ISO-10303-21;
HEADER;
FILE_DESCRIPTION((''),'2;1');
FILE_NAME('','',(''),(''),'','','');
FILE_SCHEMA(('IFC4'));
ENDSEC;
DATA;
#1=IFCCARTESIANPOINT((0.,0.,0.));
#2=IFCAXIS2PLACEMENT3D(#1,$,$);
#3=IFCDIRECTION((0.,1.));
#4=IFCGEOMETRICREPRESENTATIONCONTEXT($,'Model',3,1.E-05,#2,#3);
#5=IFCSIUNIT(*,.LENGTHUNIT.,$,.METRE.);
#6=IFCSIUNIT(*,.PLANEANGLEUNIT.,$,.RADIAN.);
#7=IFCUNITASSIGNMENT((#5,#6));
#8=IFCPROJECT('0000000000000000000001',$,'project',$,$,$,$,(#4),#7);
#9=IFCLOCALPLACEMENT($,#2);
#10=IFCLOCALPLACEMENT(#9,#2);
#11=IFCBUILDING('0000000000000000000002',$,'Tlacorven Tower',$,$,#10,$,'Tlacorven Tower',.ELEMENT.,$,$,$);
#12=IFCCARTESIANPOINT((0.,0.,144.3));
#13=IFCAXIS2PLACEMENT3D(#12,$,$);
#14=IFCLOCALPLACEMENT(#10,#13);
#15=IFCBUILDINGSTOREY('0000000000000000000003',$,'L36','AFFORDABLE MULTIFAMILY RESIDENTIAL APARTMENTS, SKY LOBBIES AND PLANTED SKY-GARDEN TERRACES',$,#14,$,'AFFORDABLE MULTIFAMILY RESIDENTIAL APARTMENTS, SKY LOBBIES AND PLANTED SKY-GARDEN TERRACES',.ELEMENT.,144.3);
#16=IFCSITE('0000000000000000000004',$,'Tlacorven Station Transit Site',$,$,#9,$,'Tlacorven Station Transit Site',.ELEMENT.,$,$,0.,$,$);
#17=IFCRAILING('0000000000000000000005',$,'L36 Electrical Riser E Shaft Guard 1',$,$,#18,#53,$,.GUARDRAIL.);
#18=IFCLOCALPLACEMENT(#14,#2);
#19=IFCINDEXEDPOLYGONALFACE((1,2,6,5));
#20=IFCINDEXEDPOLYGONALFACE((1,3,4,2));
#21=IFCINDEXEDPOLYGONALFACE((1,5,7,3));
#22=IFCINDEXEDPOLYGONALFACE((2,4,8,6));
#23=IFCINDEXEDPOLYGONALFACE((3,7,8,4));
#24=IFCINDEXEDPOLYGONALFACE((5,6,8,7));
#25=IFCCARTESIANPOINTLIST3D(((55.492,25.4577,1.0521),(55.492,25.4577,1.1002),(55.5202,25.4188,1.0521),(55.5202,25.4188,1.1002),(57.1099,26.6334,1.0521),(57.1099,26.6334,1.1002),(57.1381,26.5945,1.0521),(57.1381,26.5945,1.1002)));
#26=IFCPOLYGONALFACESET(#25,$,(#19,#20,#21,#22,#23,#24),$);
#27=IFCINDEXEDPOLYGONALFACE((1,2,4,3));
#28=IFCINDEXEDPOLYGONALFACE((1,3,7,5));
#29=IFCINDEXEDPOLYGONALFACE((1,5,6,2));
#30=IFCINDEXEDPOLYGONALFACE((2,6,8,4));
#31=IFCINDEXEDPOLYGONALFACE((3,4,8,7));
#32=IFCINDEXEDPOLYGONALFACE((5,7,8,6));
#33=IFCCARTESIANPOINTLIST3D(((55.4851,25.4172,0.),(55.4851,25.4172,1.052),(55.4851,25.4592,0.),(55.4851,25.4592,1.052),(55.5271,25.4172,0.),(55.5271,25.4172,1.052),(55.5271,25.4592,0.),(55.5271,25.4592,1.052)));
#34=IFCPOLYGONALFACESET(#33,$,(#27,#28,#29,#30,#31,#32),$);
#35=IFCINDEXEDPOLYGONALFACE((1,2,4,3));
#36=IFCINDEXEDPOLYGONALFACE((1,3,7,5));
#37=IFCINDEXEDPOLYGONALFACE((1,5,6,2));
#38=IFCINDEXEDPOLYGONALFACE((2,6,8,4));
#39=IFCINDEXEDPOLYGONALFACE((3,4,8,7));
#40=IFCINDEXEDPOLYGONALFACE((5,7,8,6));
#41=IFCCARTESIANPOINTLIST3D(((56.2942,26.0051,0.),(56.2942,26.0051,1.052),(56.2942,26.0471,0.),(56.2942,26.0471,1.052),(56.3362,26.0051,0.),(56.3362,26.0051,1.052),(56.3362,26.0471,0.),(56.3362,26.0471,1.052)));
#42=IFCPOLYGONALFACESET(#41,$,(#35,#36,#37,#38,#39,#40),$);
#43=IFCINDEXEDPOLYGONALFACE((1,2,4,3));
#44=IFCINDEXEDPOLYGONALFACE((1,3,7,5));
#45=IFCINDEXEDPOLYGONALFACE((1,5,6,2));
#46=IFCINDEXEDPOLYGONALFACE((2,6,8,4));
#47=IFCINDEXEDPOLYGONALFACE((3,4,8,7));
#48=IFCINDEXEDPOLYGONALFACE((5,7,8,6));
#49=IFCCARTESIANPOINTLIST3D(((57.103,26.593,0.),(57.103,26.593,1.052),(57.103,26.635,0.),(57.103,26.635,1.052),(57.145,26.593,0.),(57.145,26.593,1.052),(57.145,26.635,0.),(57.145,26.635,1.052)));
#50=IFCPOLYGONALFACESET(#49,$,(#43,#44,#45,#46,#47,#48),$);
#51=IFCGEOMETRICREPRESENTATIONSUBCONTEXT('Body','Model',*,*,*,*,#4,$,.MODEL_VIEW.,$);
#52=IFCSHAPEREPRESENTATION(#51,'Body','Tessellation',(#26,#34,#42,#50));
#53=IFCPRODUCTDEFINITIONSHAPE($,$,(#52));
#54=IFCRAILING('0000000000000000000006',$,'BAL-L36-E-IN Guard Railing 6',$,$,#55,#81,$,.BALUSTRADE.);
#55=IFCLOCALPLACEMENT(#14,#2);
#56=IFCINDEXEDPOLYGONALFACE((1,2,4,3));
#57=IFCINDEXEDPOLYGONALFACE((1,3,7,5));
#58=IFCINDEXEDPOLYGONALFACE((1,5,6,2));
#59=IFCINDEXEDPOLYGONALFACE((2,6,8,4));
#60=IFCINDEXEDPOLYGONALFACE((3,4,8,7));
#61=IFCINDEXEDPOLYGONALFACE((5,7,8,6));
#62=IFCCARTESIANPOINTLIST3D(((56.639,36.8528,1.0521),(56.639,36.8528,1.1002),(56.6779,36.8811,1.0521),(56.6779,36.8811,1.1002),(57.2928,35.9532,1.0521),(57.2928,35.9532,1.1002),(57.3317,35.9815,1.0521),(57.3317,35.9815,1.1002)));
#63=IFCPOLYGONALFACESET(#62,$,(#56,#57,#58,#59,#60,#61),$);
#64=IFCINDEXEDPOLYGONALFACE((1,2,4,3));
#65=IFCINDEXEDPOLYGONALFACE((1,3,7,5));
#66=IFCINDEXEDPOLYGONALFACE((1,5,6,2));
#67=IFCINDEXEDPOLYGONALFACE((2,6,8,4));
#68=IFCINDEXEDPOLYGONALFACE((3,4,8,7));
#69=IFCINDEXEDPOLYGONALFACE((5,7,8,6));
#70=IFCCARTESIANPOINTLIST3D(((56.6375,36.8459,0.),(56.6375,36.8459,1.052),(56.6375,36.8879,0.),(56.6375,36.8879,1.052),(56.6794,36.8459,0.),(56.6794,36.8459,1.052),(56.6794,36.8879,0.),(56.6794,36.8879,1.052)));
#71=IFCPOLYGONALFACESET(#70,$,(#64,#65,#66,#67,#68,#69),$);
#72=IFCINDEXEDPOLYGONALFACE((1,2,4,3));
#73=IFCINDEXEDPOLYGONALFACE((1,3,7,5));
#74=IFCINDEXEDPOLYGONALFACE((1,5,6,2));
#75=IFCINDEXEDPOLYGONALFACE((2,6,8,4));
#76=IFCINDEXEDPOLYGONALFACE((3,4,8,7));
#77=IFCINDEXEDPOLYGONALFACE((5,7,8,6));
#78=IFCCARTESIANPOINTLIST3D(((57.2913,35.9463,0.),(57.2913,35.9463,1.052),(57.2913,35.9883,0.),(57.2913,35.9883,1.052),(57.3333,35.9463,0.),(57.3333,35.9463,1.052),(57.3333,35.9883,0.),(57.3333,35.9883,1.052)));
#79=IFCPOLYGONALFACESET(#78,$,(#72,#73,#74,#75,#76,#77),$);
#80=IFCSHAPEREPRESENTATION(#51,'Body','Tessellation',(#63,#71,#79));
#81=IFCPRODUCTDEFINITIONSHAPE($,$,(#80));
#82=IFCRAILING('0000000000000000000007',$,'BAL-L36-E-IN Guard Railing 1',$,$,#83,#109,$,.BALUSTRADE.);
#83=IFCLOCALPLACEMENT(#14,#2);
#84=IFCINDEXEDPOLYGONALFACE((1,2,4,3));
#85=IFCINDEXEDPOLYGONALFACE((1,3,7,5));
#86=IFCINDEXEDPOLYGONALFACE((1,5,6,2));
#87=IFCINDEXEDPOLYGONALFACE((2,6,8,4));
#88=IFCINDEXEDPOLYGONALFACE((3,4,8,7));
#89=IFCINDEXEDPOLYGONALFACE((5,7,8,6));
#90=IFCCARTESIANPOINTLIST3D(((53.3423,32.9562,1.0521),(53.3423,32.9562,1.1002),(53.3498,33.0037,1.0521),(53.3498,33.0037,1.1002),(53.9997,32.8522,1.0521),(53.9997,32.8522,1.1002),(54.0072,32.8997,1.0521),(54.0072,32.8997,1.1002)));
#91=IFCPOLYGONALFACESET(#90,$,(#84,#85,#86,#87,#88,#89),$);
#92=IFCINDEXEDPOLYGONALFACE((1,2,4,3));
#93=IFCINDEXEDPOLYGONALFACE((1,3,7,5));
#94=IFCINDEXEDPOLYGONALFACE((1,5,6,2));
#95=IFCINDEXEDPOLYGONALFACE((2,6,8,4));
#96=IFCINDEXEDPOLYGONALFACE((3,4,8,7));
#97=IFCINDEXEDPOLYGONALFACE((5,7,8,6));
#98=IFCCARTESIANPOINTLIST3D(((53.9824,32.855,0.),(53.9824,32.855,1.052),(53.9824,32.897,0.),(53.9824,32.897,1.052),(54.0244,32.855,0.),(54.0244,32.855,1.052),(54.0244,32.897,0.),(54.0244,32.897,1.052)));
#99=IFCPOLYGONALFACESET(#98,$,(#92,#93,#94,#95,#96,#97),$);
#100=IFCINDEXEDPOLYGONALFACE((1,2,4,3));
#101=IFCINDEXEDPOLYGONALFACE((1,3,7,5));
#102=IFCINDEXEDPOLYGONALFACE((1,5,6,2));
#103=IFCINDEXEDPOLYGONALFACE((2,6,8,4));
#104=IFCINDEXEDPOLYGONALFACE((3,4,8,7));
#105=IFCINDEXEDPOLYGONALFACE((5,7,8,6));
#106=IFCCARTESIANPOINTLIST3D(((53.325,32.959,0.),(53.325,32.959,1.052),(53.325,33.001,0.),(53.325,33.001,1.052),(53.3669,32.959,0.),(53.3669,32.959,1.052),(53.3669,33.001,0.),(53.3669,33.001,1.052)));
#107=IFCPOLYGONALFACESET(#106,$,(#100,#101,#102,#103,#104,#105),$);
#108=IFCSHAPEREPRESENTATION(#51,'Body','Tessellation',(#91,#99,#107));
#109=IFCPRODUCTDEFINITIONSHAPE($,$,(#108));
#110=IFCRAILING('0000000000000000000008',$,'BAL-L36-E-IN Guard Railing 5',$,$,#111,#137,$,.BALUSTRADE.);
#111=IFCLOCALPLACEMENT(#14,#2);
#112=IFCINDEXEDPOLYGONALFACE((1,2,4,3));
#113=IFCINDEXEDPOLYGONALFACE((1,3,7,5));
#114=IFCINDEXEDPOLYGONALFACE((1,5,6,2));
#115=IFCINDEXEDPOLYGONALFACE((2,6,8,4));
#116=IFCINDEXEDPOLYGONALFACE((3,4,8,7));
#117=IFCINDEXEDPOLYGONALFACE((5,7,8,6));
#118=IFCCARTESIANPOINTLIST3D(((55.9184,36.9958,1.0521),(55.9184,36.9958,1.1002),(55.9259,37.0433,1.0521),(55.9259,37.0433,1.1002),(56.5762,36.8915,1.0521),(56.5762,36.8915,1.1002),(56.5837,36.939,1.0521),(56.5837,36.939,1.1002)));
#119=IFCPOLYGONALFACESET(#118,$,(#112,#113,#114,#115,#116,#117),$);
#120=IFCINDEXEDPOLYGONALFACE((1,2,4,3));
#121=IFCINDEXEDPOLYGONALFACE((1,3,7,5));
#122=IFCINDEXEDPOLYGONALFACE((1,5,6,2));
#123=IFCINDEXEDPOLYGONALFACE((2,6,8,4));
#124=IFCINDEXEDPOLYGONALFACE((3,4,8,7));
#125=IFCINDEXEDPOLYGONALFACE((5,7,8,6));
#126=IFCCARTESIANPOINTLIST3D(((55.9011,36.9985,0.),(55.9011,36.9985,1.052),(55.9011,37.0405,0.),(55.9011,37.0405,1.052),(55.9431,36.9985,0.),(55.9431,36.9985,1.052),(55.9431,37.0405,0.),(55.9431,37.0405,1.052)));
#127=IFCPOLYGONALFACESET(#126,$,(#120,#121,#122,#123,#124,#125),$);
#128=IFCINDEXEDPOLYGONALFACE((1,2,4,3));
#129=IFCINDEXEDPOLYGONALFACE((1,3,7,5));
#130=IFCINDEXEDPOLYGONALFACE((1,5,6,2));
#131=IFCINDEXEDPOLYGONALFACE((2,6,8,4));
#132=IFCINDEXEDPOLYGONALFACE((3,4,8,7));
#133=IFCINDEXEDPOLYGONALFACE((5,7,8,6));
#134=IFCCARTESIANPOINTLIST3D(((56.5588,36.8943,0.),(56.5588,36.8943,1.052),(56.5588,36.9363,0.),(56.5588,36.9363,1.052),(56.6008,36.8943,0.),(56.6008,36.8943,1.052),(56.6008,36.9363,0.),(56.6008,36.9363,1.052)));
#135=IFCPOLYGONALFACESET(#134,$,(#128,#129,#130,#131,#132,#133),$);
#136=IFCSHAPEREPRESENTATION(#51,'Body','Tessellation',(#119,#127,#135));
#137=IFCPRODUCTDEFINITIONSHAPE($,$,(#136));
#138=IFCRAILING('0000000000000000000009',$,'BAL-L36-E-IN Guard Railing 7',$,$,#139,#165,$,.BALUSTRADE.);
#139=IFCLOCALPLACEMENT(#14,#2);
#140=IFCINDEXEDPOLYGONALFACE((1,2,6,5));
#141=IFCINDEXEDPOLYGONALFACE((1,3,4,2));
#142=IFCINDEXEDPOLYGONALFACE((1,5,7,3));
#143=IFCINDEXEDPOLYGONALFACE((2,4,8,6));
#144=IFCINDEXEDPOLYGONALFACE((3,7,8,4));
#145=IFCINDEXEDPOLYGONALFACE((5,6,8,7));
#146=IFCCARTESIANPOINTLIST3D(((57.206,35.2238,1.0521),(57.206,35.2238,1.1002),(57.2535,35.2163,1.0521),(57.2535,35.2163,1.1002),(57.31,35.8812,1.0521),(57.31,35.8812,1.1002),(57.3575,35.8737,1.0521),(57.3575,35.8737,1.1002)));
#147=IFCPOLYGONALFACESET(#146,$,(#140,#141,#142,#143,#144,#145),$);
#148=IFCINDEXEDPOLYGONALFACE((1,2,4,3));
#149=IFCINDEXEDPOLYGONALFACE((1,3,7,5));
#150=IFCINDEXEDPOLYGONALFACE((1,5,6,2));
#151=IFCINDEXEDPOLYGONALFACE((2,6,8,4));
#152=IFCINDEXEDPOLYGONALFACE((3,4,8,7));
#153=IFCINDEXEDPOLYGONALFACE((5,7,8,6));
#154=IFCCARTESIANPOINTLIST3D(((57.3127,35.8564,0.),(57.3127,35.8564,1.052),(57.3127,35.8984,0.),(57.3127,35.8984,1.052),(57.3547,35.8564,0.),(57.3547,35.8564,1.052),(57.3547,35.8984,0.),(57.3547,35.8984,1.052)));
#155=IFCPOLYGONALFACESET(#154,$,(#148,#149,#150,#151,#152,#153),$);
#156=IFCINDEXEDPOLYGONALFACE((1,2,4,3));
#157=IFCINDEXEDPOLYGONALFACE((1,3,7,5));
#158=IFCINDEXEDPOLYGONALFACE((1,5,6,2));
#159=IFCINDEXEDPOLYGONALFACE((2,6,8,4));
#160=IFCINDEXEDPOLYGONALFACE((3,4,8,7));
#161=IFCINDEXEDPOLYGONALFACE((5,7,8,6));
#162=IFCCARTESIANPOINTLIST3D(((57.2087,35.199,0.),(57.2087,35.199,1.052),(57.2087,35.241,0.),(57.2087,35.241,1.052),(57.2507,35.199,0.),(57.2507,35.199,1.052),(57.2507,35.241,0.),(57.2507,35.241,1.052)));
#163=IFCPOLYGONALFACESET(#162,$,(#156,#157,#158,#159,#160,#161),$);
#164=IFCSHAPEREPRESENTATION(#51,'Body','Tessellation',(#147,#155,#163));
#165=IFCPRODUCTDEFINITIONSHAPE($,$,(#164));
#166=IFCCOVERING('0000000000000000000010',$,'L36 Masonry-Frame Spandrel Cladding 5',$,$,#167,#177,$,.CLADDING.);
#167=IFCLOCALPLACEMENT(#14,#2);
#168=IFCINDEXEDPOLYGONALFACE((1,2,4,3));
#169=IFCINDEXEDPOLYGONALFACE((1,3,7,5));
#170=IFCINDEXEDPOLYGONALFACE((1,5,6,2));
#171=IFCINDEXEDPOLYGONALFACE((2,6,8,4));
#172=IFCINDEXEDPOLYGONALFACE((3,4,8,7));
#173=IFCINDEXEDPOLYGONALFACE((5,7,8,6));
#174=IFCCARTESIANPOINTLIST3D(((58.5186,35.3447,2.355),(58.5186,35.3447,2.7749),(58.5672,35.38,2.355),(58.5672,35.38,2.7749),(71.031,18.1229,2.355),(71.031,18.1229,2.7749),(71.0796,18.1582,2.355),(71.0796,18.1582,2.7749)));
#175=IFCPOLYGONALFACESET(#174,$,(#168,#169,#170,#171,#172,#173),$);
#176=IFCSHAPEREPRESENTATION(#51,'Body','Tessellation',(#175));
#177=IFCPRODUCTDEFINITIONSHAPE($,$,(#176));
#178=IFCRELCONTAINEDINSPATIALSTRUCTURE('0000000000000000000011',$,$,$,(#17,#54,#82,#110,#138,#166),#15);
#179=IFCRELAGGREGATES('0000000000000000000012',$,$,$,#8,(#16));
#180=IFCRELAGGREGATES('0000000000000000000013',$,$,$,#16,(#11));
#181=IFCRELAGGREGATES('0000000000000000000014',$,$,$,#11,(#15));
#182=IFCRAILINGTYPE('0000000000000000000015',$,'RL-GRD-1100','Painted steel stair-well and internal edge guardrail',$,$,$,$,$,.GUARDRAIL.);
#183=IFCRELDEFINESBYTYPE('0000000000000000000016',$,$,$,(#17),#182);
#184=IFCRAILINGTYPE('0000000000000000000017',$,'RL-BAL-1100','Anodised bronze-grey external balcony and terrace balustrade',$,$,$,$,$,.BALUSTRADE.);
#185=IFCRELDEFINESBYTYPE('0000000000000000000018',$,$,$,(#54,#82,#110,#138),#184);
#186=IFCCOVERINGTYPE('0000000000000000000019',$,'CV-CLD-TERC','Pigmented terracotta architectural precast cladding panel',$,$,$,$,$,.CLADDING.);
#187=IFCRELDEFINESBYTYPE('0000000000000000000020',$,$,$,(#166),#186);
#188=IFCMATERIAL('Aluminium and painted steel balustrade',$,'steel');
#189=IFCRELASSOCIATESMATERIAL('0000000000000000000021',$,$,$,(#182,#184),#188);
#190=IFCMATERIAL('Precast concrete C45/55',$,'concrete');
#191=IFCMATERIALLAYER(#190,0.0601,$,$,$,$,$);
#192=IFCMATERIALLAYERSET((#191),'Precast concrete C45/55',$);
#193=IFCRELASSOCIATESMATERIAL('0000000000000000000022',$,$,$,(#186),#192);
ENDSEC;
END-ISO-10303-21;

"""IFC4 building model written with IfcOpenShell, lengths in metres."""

from ifc_helpers import new_model, si_unit, direction, frame, origin, origin_2d, place, context, subcontext, project, spatial, rectangle, extrude, source, transform, mapped, material, layer, layer_set, type_object, element, save


model = new_model("IFC4")

# Units and contexts
model_context = context("Model", 3, precision=1e-05, world=origin(), true_north=direction((0.0, 1.0)))
body_context = subcontext(model_context, "Body", "Model", "MODEL_VIEW")
ifc_project = project(units=[si_unit("LENGTHUNIT", "METRE"), si_unit("PLANEANGLEUNIT", "RADIAN")], contexts=[model_context])

# Site, building, storey
site_placement = place(None, origin())
site = spatial("IfcSite", under=ifc_project, at=site_placement, Name="Tlacorven Station Transit Site", LongName="Tlacorven Station Transit Site", CompositionType="ELEMENT", RefElevation=0.0)
building_placement = place(site_placement, origin())
building = spatial("IfcBuilding", under=site, at=building_placement, Name="Tlacorven Tower", LongName="Tlacorven Tower", CompositionType="ELEMENT")
storey_placement = place(building_placement, frame((0.0, 0.0, 144.3)))
storey = spatial("IfcBuildingStorey", under=building, at=storey_placement, Name="L36", Description="AFFORDABLE MULTIFAMILY RESIDENTIAL APARTMENTS, SKY LOBBIES AND PLANTED SKY-GARDEN TERRACES", LongName="AFFORDABLE MULTIFAMILY RESIDENTIAL APARTMENTS, SKY LOBBIES AND PLANTED SKY-GARDEN TERRACES", CompositionType="ELEMENT", Elevation=144.3)

# Shared definitions
ifc_material_1 = material(Name="Precast concrete C45/55", Category="concrete")

# Railings
ifc_material_2 = material(Name="Aluminium and painted steel balustrade", Category="steel")
railing_type_1 = type_object("IfcRailingType", Name="RL-GRD-1100", Description="Painted steel stair-well and internal edge guardrail", PredefinedType="GUARDRAIL", material=ifc_material_2)
shared_shape_1 = source(origin(), body_context, "Body", "SweptSolid", [
    extrude(rectangle(XDim=0.0481, YDim=0.0481, at=origin_2d()), frame((0.0, 0.0, 1.0762), z_axis=(0.808947, 0.587881, 0.0), x_axis=(-0.587881, 0.808947, 0.0)), (0.0, 0.0, 1.0), 2.0),
    extrude(rectangle(XDim=0.042, YDim=0.042, at=origin_2d()), origin(), (0.0, 0.0, 1.0), 1.052),
    extrude(rectangle(XDim=0.042, YDim=0.042, at=origin_2d()), frame((0.8091, 0.5879, 0.0)), (0.0, 0.0, 1.0), 1.052),
    extrude(rectangle(XDim=0.042, YDim=0.042, at=origin_2d()), frame((1.6179, 1.1758, 0.0)), (0.0, 0.0, 1.0), 1.052),
])
railing_1_placement = place(storey_placement, frame((55.5061, 25.4382, 0.0)))
element("IfcRailing", 1, at=railing_1_placement, inside=storey, type_object=railing_type_1, Name="L36 Electrical Riser E Shaft Guard 1", PredefinedType="GUARDRAIL", context=body_context, shape_type="MappedRepresentation", body=[
    mapped(shared_shape_1, transform((0.0, 0.0, 0.0), scale=1.0)),
])
railing_type_2 = type_object("IfcRailingType", Name="RL-BAL-1100", Description="Anodised bronze-grey external balcony and terrace balustrade", PredefinedType="BALUSTRADE", material=ifc_material_2)
shared_shape_2 = source(origin(), body_context, "Body", "SweptSolid", [
    extrude(rectangle(XDim=0.0481, YDim=0.0481, at=origin_2d()), frame((0.0, 0.0, 1.0762), z_axis=(0.587884, -0.808945, 0.0), x_axis=(0.808945, 0.587884, 0.0)), (0.0, 0.0, 1.0), 1.1121),
    extrude(rectangle(XDim=0.042, YDim=0.042, at=origin_2d()), origin(), (0.0, 0.0, 1.0), 1.052),
    extrude(rectangle(XDim=0.042, YDim=0.042, at=origin_2d()), frame((0.6538, -0.8997, 0.0)), (0.0, 0.0, 1.0), 1.052),
])
railing_2_placement = place(storey_placement, frame((56.6584, 36.8669, 0.0)))
element("IfcRailing", 2, at=railing_2_placement, inside=storey, type_object=railing_type_2, Name="BAL-L36-E-IN Guard Railing 6", PredefinedType="BALUSTRADE", context=body_context, shape_type="MappedRepresentation", body=[
    mapped(shared_shape_2, transform((0.0, 0.0, 0.0), scale=1.0)),
])
shared_shape_3 = source(origin(), body_context, "Body", "SweptSolid", [
    extrude(rectangle(XDim=0.0481, YDim=0.0481, at=origin_2d()), frame((0.0, 0.0, 1.0762), z_axis=(-0.987718, 0.156245, 0.0), x_axis=(-0.156245, -0.987718, 0.0)), (0.0, 0.0, 1.0), 0.6655),
    extrude(rectangle(XDim=0.042, YDim=0.042, at=origin_2d()), origin(), (0.0, 0.0, 1.0), 1.052),
    extrude(rectangle(XDim=0.042, YDim=0.042, at=origin_2d()), frame((-0.6575, 0.104, 0.0)), (0.0, 0.0, 1.0), 1.052),
])
railing_3_placement = place(storey_placement, frame((54.0034, 32.876, 0.0)))
element("IfcRailing", 3, at=railing_3_placement, inside=storey, type_object=railing_type_2, Name="BAL-L36-E-IN Guard Railing 1", PredefinedType="BALUSTRADE", context=body_context, shape_type="MappedRepresentation", body=[
    mapped(shared_shape_3, transform((0.0, 0.0, 0.0), scale=1.0)),
])
shared_shape_4 = source(origin(), body_context, "Body", "SweptSolid", [
    extrude(rectangle(XDim=0.0481, YDim=0.0481, at=origin_2d()), frame((0.0, 0.0, 1.0762), z_axis=(0.987671, -0.156546, 0.0), x_axis=(0.156546, 0.987671, 0.0)), (0.0, 0.0, 1.0), 0.666),
    extrude(rectangle(XDim=0.042, YDim=0.042, at=origin_2d()), origin(), (0.0, 0.0, 1.0), 1.052),
    extrude(rectangle(XDim=0.042, YDim=0.042, at=origin_2d()), frame((0.6577, -0.1042, 0.0)), (0.0, 0.0, 1.0), 1.052),
])
railing_4_placement = place(storey_placement, frame((55.9221, 37.0195, 0.0)))
element("IfcRailing", 4, at=railing_4_placement, inside=storey, type_object=railing_type_2, Name="BAL-L36-E-IN Guard Railing 5", PredefinedType="BALUSTRADE", context=body_context, shape_type="MappedRepresentation", body=[
    mapped(shared_shape_4, transform((0.0, 0.0, 0.0), scale=1.0)),
])
shared_shape_5 = source(origin(), body_context, "Body", "SweptSolid", [
    extrude(rectangle(XDim=0.0481, YDim=0.0481, at=origin_2d()), frame((0.0, 0.0, 1.0762), z_axis=(-0.156245, -0.987718, 0.0), x_axis=(0.987718, -0.156245, 0.0)), (0.0, 0.0, 1.0), 0.6655),
    extrude(rectangle(XDim=0.042, YDim=0.042, at=origin_2d()), origin(), (0.0, 0.0, 1.0), 1.052),
    extrude(rectangle(XDim=0.042, YDim=0.042, at=origin_2d()), frame((-0.104, -0.6575, 0.0)), (0.0, 0.0, 1.0), 1.052),
])
railing_5_placement = place(storey_placement, frame((57.3337, 35.8774, 0.0)))
element("IfcRailing", 5, at=railing_5_placement, inside=storey, type_object=railing_type_2, Name="BAL-L36-E-IN Guard Railing 7", PredefinedType="BALUSTRADE", context=body_context, shape_type="MappedRepresentation", body=[
    mapped(shared_shape_5, transform((0.0, 0.0, 0.0), scale=1.0)),
])

# Covering
ifc_layer_1 = layer(ifc_material_1, 0.0601)
ifc_layer_set_1 = layer_set([ifc_layer_1], Name="Precast concrete C45/55")
covering_type = type_object("IfcCoveringType", Name="CV-CLD-TERC", Description="Pigmented terracotta architectural precast cladding panel", PredefinedType="CLADDING", material=ifc_layer_set_1)
shared_shape_6 = source(origin(), body_context, "Body", "SweptSolid", [
    extrude(rectangle(XDim=21.2874, YDim=0.0601, at=origin_2d()), origin(), (0.0, 0.0, 1.0), 0.4199),
])
covering_placement = place(storey_placement, frame((64.7991, 26.7515, 2.355), z_axis=(0.0, 0.0, 1.0), x_axis=(0.587785, -0.809017, 0.0)))
element("IfcCovering", 6, at=covering_placement, inside=storey, type_object=covering_type, Name="L36 Masonry-Frame Spandrel Cladding 5", PredefinedType="CLADDING", context=body_context, shape_type="MappedRepresentation", body=[
    mapped(shared_shape_6, transform((0.0, 0.0, 0.0), scale=1.0)),
])

save(model, "model.ifc")
